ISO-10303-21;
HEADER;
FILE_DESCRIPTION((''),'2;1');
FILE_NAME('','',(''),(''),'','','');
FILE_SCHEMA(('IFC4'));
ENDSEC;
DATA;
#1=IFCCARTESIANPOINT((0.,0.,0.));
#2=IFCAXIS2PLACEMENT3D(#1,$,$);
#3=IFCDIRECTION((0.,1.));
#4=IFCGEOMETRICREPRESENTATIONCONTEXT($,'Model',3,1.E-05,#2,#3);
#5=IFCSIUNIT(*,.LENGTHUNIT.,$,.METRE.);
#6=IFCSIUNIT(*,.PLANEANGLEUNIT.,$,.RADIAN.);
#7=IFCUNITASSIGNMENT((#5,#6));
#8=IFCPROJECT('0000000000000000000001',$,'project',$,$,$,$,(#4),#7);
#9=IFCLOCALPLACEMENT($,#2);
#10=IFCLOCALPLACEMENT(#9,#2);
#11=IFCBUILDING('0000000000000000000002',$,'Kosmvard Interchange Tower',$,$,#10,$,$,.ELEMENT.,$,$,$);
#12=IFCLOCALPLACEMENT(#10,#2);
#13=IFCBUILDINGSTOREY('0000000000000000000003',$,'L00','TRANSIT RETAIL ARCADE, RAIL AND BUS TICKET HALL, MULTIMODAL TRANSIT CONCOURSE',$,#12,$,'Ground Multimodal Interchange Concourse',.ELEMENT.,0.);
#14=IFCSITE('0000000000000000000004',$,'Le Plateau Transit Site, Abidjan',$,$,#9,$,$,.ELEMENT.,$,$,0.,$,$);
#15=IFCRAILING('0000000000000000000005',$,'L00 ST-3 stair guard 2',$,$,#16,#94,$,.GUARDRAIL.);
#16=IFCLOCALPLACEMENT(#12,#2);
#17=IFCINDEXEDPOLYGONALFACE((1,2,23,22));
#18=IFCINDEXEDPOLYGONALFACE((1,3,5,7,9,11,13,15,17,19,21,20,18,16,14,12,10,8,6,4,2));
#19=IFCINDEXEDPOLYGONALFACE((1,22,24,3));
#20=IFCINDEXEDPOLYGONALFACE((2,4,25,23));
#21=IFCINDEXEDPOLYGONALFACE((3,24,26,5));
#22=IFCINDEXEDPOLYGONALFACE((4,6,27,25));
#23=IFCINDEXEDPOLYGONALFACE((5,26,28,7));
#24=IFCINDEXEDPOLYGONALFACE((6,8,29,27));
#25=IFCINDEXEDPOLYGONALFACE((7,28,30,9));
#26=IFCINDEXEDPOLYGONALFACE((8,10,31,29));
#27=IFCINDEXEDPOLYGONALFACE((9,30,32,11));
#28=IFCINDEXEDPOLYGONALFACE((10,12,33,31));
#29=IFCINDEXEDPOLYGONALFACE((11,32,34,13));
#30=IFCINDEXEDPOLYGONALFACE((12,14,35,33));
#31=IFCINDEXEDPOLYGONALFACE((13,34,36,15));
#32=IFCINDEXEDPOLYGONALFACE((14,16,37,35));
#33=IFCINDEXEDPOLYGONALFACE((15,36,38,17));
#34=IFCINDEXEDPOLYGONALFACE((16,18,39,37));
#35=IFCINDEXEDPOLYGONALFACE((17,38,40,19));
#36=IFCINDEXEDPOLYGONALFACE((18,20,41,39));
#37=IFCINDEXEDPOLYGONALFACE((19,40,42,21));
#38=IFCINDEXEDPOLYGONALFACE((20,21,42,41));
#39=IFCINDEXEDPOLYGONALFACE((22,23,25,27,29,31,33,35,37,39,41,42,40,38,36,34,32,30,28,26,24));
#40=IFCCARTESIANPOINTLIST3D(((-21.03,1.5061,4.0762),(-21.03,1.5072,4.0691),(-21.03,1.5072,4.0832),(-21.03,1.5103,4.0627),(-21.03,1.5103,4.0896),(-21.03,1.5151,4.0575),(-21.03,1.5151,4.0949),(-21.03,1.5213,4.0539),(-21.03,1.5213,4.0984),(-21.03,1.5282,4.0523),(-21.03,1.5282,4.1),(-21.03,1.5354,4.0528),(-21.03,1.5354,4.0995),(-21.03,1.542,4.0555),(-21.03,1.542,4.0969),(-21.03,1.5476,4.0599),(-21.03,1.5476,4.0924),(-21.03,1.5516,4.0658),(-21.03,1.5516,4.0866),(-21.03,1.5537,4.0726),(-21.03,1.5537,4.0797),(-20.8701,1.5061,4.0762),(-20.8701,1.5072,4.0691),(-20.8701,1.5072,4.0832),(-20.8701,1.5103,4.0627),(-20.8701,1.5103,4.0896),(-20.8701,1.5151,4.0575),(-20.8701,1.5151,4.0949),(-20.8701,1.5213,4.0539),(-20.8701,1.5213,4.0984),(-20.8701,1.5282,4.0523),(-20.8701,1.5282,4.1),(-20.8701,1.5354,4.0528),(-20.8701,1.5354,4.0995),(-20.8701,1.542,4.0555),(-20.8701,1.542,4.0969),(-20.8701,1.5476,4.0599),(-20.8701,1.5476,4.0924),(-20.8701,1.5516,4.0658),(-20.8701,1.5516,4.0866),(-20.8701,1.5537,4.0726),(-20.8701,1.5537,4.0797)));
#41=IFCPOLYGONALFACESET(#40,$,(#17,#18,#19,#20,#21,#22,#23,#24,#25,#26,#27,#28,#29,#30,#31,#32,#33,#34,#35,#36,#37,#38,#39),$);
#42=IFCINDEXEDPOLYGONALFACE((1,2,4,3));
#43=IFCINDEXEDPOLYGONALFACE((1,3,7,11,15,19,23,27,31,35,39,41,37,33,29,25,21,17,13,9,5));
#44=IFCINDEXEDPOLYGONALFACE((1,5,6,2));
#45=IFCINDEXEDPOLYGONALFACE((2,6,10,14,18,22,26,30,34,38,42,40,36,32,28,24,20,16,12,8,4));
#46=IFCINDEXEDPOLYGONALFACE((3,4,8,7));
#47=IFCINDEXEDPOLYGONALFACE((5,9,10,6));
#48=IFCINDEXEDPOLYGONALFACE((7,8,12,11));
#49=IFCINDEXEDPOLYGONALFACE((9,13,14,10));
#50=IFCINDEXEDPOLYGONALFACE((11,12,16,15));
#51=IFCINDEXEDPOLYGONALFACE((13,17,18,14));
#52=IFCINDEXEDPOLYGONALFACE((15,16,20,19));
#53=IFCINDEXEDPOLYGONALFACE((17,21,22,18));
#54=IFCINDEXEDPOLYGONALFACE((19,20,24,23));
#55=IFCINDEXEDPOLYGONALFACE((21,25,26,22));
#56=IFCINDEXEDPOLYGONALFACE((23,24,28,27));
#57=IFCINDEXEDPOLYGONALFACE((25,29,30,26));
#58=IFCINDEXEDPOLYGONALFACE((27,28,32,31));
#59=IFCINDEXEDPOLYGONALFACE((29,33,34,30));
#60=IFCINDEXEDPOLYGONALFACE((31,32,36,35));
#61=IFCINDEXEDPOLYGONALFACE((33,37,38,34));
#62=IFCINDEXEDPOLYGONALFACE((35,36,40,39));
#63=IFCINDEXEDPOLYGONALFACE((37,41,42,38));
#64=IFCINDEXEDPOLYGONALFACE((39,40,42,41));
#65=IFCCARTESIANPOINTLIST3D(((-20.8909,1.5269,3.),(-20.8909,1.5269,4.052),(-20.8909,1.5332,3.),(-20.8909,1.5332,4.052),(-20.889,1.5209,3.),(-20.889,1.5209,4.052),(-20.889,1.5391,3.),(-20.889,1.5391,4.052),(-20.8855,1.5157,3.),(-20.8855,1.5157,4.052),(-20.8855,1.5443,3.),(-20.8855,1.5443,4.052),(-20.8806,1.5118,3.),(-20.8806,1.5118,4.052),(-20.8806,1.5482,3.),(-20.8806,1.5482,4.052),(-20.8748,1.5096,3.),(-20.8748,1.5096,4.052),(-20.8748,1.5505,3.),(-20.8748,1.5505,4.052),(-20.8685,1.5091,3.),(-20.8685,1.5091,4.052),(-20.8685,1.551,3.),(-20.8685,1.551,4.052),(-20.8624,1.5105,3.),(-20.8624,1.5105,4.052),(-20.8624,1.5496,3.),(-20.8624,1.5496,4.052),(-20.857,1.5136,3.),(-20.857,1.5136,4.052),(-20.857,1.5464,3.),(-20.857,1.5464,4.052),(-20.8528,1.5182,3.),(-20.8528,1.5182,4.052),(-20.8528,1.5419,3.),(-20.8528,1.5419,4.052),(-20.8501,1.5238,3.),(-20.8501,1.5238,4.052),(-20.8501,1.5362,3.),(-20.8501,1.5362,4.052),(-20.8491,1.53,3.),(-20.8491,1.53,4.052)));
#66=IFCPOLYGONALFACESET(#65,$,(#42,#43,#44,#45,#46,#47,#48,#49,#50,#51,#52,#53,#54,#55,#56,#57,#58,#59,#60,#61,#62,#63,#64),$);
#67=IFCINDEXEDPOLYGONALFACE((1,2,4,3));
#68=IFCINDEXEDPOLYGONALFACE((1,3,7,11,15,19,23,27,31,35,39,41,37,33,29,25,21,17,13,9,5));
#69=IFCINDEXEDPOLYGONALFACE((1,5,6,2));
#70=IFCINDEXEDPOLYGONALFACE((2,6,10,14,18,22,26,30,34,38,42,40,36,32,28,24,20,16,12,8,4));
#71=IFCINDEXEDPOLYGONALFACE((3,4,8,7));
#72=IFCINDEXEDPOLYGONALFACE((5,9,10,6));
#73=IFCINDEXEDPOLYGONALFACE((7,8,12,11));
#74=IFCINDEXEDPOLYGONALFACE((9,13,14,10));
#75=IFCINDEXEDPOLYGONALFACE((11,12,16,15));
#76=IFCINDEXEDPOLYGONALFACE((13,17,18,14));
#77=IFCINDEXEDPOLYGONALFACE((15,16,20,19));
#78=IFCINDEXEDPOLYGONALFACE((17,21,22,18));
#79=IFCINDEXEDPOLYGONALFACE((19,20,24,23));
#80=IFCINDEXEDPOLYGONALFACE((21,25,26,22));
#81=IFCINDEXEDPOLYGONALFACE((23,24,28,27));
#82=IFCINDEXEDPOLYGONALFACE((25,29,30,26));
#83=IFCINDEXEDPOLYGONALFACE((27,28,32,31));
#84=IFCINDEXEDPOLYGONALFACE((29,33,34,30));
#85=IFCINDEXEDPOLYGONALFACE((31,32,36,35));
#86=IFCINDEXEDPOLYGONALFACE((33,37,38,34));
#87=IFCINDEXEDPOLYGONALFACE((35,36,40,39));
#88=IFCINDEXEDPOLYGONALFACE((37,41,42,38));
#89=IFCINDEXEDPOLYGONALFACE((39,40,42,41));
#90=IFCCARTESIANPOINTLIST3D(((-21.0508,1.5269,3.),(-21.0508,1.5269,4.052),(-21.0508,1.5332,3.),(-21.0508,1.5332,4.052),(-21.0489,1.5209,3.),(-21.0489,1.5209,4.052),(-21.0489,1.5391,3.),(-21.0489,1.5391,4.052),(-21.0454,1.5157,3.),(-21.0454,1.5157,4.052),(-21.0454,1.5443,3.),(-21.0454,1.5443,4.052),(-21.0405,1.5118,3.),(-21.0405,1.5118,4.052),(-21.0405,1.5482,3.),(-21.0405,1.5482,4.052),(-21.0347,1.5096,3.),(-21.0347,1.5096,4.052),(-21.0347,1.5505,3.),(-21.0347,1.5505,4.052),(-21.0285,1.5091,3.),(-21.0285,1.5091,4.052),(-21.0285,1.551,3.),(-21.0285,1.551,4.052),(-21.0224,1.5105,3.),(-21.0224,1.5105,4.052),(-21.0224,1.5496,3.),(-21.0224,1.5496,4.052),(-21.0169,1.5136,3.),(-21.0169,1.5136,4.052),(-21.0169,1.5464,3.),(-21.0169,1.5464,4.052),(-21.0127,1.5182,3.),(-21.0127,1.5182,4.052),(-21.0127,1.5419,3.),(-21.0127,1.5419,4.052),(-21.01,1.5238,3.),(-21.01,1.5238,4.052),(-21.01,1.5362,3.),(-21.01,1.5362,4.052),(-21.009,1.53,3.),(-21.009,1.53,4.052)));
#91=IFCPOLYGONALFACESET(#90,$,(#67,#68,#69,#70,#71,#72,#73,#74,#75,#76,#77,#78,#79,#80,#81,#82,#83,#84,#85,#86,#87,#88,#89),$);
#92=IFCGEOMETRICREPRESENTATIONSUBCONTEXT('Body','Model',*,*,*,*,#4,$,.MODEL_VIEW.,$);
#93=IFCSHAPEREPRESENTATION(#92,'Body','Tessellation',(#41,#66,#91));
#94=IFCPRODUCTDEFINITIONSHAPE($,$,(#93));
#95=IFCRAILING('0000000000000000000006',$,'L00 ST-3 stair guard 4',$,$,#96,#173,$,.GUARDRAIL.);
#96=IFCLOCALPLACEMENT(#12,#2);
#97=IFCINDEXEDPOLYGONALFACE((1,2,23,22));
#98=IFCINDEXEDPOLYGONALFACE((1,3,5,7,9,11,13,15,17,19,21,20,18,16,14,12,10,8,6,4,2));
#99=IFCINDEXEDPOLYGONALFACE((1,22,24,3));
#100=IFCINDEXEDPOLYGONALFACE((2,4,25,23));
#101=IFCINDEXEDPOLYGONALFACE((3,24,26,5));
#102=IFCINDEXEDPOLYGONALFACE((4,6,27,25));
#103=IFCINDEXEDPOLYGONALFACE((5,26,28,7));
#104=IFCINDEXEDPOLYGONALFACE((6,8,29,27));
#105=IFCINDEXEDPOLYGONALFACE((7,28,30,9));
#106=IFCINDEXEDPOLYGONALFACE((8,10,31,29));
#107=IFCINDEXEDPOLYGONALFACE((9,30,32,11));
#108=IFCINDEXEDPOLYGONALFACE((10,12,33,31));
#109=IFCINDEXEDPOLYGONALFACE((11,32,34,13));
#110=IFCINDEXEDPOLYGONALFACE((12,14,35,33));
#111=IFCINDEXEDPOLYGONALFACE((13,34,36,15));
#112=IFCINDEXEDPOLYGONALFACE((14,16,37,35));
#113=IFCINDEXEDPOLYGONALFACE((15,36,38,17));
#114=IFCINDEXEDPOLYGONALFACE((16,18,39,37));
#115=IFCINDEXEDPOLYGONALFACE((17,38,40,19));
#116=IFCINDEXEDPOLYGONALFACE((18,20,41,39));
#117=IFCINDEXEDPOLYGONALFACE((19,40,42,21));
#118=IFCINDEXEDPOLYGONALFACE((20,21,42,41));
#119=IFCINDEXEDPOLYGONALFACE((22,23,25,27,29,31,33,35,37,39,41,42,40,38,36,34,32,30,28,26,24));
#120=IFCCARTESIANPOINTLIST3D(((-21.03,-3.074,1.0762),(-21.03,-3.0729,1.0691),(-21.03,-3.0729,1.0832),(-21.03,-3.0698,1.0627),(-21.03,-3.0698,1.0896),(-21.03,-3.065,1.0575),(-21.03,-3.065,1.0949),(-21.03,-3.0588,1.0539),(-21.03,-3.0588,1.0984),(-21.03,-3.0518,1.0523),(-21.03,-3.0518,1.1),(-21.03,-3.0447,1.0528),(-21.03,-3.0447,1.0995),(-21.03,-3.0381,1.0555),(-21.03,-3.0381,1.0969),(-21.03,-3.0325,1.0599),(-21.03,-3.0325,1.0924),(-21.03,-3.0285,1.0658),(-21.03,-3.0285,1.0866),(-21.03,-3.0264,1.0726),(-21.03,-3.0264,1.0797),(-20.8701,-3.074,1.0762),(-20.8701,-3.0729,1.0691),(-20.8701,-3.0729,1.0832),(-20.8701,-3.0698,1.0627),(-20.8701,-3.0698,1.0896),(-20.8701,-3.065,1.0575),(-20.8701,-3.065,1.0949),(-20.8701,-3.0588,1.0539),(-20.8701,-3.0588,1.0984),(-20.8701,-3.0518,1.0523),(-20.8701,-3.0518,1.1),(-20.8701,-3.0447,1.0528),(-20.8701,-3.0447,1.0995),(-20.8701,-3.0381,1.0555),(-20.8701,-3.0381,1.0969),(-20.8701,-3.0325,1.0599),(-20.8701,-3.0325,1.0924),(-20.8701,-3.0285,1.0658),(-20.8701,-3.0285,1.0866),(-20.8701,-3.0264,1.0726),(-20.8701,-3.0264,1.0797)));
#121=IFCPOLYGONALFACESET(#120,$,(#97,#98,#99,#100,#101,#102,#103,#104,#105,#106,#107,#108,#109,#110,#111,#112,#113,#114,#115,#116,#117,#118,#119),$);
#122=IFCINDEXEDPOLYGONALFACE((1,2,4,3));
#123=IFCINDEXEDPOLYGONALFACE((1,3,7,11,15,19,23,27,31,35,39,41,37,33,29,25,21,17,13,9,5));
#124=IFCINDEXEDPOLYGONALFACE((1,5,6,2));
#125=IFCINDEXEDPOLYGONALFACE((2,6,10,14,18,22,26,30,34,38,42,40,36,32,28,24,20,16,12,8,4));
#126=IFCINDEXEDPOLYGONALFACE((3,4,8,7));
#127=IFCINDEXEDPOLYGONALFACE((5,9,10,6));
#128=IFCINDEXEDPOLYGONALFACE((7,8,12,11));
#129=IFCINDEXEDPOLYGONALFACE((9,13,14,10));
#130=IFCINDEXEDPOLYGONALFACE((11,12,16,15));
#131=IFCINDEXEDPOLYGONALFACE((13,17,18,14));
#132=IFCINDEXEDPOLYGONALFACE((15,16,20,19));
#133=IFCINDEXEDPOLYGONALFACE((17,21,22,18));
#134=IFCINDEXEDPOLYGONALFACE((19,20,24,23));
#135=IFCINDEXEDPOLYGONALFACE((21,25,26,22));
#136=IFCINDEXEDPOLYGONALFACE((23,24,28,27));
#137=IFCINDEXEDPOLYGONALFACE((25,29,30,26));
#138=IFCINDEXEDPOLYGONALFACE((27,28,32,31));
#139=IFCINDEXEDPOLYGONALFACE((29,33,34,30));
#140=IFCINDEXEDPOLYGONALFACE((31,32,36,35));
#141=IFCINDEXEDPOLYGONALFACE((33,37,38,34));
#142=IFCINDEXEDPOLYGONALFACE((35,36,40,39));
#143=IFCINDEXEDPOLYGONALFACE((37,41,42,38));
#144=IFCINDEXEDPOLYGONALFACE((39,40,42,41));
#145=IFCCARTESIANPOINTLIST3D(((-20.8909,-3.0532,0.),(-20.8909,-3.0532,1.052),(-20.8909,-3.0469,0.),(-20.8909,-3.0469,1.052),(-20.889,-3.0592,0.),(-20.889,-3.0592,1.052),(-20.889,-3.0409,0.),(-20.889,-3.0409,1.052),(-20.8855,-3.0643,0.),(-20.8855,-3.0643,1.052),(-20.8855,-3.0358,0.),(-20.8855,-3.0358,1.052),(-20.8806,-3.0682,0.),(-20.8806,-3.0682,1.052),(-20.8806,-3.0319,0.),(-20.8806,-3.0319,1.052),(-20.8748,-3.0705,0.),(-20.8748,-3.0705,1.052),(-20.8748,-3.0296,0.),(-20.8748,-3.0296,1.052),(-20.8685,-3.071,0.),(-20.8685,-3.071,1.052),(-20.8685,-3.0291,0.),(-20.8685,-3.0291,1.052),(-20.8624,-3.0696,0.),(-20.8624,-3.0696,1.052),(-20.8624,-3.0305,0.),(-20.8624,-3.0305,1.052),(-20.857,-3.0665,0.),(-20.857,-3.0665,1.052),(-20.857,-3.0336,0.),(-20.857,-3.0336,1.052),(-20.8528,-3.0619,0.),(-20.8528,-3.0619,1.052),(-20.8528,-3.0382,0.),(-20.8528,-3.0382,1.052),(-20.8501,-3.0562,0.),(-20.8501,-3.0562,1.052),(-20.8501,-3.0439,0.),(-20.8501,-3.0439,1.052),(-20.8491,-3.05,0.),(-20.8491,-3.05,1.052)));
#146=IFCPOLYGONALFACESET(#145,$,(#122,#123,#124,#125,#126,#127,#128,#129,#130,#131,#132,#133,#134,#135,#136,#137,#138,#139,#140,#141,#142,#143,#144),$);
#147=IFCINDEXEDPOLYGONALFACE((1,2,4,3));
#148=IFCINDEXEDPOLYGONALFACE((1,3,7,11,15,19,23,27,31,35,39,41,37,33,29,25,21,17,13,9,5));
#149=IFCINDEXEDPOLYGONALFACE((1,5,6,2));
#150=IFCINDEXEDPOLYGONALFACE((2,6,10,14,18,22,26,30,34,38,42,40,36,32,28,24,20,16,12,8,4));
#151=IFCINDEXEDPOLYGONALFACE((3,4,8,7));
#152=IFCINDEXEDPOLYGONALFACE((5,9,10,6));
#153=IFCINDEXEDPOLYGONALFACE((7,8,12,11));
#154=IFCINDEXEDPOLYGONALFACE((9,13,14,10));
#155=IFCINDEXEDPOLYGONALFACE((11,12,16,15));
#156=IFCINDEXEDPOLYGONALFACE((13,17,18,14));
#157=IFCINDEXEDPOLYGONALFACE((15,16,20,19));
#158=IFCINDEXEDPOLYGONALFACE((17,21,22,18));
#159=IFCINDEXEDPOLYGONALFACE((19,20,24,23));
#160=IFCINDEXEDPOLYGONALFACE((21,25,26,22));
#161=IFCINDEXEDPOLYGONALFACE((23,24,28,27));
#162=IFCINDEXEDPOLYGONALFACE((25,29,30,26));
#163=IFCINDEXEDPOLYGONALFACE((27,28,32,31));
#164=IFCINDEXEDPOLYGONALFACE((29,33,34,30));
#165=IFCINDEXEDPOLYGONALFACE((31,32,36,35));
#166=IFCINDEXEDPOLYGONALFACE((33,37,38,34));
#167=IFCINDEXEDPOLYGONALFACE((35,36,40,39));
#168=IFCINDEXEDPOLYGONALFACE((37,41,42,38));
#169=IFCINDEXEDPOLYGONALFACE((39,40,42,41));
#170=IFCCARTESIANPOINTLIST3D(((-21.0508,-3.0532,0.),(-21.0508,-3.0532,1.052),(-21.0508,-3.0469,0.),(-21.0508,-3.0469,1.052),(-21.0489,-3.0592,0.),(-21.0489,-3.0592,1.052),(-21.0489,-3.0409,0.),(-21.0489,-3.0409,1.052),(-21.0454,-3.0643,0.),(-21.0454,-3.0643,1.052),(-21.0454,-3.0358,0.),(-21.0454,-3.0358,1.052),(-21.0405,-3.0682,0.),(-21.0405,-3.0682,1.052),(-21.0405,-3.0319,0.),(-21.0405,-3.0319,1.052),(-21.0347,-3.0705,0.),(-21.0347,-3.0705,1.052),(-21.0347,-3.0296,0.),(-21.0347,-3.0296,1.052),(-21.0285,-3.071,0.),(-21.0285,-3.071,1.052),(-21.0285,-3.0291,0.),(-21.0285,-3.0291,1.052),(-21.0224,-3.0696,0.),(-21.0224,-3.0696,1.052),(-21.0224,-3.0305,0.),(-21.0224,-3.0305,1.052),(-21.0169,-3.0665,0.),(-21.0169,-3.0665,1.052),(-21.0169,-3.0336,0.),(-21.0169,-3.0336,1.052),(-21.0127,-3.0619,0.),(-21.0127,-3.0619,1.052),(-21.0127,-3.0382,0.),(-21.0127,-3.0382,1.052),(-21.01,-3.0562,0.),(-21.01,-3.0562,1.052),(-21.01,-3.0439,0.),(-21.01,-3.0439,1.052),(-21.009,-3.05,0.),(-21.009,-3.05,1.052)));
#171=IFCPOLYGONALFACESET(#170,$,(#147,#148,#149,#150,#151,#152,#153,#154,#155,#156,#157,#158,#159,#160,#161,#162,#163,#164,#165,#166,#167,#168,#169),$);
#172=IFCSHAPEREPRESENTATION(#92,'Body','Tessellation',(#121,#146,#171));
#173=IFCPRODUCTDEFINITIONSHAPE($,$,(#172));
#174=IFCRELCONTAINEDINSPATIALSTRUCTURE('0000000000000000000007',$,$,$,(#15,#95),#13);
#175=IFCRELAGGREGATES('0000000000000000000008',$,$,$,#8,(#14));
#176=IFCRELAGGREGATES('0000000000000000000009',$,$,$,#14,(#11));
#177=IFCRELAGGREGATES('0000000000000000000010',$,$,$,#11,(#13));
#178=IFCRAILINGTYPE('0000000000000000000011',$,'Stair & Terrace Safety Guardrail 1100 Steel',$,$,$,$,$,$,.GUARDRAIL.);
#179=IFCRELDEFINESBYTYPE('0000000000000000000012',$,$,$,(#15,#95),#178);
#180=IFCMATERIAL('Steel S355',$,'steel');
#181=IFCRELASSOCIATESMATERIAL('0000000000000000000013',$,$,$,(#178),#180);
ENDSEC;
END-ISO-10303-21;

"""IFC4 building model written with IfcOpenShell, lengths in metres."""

from ifc_helpers import new_model, si_unit, direction, frame, origin, origin_2d, place, context, subcontext, project, spatial, circle, extrude, source, transform, mapped, material, type_object, element, save


model = new_model("IFC4")

# Units and contexts
model_context = context("Model", 3, precision=1e-05, world=origin(), true_north=direction((0.0, 1.0)))
body_context = subcontext(model_context, "Body", "Model", "MODEL_VIEW")
ifc_project = project(units=[si_unit("LENGTHUNIT", "METRE"), si_unit("PLANEANGLEUNIT", "RADIAN")], contexts=[model_context])

# Site, building, storey
site_placement = place(None, origin())
site = spatial("IfcSite", under=ifc_project, at=site_placement, Name="Le Plateau Transit Site, Abidjan", CompositionType="ELEMENT", RefElevation=0.0)
building_placement = place(site_placement, origin())
building = spatial("IfcBuilding", under=site, at=building_placement, Name="Kosmvard Interchange Tower", CompositionType="ELEMENT")
storey_placement = place(building_placement, origin())
storey = spatial("IfcBuildingStorey", under=building, at=storey_placement, Name="L00", Description="TRANSIT RETAIL ARCADE, RAIL AND BUS TICKET HALL, MULTIMODAL TRANSIT CONCOURSE", LongName="Ground Multimodal Interchange Concourse", CompositionType="ELEMENT", Elevation=0.0)

# Shared definitions
ifc_material_1 = material(Name="Steel S355", Category="steel")

# Railings
railing_type_1 = type_object("IfcRailingType", Name="Stair & Terrace Safety Guardrail 1100 Steel", PredefinedType="GUARDRAIL", material=ifc_material_1)
shared_shape_1 = source(origin(), body_context, "Body", "SweptSolid", [
    extrude(circle(Radius=0.0239, at=origin_2d()), frame((0.0, 0.0, 1.0762), z_axis=(-1.0, 0.0, 0.0), x_axis=(0.0, -1.0, 0.0)), (0.0, 0.0, 1.0), 0.1599),
    extrude(circle(Radius=0.021, at=origin_2d()), origin(), (0.0, 0.0, 1.0), 1.052),
    extrude(circle(Radius=0.021, at=origin_2d()), frame((-0.1599, 0.0, 0.0)), (0.0, 0.0, 1.0), 1.052),
])
for number, where, name in (
    (1, (-20.8701, 1.53, 3.0), "L00 ST-3 stair guard 2"),
    (2, (-20.8701, -3.05, 0.0), "L00 ST-3 stair guard 4"),
):
    element("IfcRailing", number, at=place(storey_placement, frame(where)), inside=storey, type_object=railing_type_1, Name=name, PredefinedType="GUARDRAIL", context=body_context, shape_type="MappedRepresentation", body=[
        mapped(shared_shape_1, transform((0.0, 0.0, 0.0), scale=1.0)),
    ])

save(model, "model.ifc")
